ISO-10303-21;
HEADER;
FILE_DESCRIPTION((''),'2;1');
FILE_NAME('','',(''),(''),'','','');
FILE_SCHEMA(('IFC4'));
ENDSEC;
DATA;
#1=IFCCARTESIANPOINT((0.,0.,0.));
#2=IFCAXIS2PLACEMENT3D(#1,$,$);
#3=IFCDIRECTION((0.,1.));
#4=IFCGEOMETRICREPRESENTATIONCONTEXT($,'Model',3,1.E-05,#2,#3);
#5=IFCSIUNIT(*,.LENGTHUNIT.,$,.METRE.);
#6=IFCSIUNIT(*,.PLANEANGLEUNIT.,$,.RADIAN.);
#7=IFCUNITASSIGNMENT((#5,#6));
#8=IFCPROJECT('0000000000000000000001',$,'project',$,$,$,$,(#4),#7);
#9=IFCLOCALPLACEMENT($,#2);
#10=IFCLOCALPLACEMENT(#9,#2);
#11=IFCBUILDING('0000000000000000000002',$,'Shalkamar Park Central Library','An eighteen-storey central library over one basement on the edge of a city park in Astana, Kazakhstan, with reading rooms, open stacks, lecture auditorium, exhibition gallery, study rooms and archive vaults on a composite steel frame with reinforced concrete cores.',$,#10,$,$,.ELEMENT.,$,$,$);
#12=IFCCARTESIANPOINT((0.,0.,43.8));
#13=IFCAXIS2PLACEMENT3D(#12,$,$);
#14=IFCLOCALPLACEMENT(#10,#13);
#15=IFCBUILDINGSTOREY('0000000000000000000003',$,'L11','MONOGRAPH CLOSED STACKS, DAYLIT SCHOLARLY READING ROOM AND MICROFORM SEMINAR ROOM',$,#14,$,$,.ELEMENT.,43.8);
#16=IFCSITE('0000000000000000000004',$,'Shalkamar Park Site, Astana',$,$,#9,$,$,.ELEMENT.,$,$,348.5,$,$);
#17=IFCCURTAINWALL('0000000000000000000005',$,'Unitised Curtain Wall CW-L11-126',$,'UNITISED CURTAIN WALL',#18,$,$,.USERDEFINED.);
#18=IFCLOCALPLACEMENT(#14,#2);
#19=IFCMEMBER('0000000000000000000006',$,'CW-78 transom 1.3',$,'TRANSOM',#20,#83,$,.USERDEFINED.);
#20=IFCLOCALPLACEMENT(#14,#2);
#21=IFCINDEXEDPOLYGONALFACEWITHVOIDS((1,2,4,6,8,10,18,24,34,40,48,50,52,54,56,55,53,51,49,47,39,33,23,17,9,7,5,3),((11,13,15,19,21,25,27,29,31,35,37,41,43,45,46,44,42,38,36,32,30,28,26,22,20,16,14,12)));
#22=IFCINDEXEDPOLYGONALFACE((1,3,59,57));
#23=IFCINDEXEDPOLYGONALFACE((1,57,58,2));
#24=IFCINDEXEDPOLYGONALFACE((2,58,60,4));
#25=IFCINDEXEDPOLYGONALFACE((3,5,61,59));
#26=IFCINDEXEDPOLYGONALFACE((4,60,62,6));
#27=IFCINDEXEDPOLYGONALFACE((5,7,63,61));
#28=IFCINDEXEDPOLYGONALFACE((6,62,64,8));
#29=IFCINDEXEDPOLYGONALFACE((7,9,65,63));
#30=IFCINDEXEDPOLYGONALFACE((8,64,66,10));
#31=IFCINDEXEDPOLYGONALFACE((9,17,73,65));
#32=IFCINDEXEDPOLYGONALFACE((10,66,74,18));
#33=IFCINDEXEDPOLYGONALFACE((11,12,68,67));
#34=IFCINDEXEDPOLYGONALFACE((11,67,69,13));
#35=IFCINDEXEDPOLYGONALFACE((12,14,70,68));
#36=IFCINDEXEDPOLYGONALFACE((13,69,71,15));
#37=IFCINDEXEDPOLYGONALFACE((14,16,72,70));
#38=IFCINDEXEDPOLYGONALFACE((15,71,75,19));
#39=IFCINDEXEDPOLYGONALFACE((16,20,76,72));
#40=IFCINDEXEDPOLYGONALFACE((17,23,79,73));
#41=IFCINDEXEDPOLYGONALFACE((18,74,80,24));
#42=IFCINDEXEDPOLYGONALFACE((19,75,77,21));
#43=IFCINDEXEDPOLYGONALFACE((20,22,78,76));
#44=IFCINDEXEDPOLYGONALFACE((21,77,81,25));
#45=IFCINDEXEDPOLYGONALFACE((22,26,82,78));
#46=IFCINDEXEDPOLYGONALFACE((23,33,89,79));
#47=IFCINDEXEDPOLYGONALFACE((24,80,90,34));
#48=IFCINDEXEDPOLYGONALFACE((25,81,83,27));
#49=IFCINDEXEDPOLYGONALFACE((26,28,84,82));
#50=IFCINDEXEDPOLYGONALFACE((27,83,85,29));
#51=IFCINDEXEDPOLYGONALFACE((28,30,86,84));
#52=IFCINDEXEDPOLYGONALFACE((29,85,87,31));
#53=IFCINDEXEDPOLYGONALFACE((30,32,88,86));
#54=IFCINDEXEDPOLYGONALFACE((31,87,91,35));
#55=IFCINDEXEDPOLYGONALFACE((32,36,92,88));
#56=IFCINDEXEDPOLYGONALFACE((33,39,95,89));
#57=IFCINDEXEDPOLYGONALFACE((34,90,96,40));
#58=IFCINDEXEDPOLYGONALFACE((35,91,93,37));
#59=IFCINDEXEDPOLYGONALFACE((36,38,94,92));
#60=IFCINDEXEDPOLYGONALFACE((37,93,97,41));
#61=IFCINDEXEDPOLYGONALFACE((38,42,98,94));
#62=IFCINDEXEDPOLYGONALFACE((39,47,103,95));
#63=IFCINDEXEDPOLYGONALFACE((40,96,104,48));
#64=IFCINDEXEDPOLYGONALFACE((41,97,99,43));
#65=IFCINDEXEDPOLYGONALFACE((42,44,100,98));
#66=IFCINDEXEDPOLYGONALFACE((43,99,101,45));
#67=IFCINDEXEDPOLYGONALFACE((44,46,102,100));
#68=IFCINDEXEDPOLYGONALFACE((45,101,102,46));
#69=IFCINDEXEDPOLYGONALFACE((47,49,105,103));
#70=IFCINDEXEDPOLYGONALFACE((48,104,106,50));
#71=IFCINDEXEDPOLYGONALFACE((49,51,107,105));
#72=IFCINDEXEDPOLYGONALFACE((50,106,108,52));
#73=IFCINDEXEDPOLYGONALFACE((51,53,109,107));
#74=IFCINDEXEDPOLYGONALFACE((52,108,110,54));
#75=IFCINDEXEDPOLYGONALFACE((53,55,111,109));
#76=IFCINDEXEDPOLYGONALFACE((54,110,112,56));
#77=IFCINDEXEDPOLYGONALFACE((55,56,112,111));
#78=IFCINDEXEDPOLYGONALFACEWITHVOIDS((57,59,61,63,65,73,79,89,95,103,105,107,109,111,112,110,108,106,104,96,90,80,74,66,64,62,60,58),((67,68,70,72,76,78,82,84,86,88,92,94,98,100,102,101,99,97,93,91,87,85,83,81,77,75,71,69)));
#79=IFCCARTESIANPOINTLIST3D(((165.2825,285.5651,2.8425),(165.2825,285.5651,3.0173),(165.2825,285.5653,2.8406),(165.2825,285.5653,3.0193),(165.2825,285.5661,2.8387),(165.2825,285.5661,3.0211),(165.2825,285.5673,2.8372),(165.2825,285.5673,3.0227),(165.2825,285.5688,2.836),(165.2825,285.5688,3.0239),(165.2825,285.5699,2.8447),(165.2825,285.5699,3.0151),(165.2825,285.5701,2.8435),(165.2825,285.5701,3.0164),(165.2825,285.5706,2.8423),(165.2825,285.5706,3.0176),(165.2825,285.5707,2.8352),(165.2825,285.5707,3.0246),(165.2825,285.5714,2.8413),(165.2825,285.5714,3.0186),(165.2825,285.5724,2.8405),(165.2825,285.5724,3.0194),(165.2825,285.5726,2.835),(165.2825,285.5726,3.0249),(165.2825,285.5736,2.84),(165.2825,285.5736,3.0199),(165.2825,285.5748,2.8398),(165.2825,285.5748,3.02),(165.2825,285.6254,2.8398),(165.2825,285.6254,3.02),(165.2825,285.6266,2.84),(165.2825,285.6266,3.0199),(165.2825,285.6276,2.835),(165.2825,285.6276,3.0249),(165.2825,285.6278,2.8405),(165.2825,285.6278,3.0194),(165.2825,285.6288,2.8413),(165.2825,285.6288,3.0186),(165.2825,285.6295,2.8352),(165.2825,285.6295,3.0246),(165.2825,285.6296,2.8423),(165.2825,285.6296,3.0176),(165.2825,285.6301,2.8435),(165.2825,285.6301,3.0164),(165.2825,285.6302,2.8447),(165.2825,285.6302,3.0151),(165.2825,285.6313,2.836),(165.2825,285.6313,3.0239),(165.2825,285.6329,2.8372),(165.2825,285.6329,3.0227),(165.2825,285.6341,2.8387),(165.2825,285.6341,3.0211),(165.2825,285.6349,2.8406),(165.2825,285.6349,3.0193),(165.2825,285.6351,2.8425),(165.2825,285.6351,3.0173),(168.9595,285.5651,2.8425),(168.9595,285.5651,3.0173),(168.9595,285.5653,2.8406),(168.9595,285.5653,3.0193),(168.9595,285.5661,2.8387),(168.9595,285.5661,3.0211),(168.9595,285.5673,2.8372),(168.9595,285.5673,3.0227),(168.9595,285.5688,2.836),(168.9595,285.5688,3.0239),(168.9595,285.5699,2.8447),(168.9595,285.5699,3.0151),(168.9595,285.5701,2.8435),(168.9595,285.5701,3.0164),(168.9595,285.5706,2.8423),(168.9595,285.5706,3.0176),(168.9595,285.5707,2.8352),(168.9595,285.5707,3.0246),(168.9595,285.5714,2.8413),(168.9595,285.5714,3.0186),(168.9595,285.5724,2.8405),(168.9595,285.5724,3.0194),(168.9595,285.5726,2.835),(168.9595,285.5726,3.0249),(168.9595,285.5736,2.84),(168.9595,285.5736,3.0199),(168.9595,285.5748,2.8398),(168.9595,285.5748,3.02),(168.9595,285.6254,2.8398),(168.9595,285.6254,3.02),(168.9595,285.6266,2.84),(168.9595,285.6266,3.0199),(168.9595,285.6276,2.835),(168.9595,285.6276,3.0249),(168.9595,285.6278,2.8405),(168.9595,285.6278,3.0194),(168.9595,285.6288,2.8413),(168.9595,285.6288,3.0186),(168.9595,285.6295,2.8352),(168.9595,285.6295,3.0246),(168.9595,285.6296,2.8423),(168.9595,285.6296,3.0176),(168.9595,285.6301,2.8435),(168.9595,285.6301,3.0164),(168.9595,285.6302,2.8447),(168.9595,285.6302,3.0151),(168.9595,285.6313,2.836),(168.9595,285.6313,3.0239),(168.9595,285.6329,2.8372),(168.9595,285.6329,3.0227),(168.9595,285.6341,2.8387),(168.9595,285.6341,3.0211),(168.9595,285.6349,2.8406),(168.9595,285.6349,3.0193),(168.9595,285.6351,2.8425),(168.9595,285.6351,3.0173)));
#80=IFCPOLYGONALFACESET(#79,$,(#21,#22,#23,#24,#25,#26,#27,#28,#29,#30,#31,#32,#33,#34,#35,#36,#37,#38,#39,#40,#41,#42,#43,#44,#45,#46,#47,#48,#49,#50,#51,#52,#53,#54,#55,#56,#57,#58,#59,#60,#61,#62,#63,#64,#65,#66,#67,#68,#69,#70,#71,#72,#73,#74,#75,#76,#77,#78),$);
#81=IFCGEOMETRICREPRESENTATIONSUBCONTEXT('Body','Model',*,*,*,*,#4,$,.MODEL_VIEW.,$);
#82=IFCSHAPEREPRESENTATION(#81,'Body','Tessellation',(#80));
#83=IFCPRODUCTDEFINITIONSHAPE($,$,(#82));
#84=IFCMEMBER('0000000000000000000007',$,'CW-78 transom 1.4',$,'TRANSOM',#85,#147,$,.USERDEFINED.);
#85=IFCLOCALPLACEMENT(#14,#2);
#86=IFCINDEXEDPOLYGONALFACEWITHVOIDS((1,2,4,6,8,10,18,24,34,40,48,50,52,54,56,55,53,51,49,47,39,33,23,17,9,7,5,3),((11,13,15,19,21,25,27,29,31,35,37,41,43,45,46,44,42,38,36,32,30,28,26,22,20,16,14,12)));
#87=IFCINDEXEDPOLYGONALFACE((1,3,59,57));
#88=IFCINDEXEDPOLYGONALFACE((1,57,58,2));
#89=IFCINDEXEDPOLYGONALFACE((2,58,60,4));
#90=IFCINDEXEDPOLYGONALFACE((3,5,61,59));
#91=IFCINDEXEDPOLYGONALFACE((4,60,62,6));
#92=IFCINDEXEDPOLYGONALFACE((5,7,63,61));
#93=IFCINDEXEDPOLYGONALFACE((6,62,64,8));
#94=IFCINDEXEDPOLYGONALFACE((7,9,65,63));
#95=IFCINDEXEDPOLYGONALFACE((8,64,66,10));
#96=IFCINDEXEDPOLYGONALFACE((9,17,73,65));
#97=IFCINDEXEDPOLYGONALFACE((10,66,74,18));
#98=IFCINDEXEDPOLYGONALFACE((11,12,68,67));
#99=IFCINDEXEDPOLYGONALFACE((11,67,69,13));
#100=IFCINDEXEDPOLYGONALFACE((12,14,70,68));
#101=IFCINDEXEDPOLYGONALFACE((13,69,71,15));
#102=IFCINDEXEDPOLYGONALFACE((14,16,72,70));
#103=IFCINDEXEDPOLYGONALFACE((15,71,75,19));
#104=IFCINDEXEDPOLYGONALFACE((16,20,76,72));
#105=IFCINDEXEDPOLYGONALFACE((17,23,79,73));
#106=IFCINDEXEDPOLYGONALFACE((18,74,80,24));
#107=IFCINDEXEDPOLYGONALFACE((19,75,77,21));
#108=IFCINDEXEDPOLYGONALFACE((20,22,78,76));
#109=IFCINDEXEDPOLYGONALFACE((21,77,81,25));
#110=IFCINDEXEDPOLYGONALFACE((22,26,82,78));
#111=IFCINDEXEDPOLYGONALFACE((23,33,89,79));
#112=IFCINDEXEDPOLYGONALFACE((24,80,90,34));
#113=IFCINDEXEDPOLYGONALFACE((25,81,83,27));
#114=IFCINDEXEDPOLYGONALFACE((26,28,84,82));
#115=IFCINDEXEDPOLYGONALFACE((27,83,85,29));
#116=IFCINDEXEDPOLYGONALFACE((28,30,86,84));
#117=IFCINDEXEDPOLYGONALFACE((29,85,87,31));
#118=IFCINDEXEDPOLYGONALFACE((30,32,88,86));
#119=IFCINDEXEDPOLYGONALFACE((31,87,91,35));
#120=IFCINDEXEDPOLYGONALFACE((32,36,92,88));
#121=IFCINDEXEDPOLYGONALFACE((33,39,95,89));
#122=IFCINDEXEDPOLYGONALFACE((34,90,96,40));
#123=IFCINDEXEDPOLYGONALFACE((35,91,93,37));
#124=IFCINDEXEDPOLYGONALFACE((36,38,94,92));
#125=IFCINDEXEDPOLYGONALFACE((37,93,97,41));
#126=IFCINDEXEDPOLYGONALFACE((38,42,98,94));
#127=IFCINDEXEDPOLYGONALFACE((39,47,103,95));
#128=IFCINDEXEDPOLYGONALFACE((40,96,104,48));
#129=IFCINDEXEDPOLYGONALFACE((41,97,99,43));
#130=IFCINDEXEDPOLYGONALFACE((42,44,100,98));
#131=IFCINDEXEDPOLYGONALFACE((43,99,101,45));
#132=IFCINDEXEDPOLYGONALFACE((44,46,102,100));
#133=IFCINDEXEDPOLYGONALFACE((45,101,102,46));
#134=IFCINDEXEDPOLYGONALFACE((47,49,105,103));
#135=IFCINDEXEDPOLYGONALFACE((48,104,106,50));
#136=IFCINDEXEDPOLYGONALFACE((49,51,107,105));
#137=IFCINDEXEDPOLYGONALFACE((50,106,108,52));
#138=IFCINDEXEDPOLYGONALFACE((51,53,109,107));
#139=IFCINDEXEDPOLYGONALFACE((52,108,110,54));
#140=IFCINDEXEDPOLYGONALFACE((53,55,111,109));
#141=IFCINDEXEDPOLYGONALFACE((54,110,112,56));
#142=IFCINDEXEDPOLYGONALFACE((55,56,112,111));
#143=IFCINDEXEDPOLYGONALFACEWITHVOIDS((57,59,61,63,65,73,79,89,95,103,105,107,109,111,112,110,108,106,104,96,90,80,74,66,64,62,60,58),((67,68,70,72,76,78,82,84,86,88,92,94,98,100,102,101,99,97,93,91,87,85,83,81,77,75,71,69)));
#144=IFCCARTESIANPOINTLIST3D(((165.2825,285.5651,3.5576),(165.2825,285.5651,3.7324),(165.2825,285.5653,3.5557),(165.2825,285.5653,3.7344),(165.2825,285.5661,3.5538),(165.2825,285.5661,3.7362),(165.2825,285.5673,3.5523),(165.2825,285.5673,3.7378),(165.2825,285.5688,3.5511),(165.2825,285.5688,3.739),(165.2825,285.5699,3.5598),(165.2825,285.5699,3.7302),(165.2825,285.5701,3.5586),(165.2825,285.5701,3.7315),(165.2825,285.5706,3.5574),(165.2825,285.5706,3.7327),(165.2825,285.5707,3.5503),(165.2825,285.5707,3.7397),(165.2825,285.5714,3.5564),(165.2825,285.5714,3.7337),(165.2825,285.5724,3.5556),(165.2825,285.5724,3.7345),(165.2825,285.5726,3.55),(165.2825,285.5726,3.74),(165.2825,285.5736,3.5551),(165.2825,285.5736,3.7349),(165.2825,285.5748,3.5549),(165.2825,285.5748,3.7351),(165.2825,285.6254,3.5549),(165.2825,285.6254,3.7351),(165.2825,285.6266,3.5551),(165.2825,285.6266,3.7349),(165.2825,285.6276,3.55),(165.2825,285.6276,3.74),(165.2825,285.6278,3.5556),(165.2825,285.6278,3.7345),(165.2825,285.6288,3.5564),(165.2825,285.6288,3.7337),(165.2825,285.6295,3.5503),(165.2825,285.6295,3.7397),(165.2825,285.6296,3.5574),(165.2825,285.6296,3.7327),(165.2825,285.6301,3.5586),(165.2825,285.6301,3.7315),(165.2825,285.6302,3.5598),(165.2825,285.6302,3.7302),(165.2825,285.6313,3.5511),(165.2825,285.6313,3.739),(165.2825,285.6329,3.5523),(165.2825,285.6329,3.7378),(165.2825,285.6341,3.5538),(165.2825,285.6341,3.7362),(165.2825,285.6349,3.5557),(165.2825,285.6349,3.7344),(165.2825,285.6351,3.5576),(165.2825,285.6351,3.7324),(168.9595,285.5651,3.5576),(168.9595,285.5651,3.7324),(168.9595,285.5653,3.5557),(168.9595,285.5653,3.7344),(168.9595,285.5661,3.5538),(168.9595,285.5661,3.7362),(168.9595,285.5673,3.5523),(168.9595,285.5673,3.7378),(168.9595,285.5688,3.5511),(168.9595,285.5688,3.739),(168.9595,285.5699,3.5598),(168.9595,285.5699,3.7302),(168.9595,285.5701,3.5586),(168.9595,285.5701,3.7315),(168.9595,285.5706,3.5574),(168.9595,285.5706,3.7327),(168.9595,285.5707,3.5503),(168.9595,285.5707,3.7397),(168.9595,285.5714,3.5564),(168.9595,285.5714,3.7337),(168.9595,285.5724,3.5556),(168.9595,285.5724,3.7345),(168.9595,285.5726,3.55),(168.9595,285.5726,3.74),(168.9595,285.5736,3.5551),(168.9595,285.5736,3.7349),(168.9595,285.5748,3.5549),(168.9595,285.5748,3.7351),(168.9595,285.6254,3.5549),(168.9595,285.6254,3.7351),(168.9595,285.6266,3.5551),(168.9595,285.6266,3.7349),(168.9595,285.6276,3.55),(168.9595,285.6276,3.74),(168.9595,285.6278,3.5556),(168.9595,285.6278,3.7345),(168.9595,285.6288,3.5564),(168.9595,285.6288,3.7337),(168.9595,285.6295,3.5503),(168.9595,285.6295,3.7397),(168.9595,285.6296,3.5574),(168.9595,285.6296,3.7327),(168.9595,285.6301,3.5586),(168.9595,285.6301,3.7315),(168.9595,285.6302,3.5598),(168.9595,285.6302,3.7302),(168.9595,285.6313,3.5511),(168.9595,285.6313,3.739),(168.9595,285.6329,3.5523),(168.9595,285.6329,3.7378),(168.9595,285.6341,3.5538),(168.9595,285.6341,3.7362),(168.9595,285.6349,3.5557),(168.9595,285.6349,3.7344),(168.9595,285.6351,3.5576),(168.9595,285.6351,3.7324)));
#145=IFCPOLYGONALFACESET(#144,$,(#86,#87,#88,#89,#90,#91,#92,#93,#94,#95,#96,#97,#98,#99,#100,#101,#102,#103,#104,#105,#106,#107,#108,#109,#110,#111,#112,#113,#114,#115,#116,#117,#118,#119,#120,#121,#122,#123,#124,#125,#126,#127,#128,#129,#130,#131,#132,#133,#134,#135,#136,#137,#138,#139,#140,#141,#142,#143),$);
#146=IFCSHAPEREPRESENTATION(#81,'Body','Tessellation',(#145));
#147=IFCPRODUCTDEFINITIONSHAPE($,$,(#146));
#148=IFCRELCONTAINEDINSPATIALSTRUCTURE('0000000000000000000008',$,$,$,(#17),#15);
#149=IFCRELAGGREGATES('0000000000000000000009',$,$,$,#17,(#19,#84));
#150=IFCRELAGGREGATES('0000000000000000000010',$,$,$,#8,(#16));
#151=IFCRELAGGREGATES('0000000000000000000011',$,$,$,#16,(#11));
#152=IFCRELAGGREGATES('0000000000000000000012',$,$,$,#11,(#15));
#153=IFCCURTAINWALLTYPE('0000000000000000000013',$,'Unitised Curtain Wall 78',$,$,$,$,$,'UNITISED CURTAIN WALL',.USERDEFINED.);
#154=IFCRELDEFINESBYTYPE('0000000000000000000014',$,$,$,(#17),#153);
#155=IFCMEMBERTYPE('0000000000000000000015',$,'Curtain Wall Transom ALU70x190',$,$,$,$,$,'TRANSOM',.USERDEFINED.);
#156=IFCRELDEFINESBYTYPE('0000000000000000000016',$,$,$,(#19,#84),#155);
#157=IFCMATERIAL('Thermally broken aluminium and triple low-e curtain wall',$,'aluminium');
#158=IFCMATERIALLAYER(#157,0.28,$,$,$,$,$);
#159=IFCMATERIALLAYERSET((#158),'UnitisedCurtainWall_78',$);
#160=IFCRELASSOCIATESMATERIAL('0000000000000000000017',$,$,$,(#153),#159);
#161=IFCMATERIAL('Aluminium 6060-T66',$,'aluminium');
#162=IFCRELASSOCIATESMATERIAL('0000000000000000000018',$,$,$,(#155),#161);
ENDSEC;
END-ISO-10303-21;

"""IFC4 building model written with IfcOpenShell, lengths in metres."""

from ifc_helpers import new_model, si_unit, direction, frame, origin, origin_2d, place, context, subcontext, project, spatial, hollow_rectangle, extrude, material, layer, layer_set, material_profile, profile_set, type_object, element, aggregate, save


model = new_model("IFC4")

# Units and contexts
model_context = context("Model", 3, precision=1e-05, world=origin(), true_north=direction((0.0, 1.0)))
body_context = subcontext(model_context, "Body", "Model", "MODEL_VIEW")
ifc_project = project(units=[si_unit("LENGTHUNIT", "METRE"), si_unit("PLANEANGLEUNIT", "RADIAN")], contexts=[model_context])

# Site, building, storey
site_placement = place(None, origin())
site = spatial("IfcSite", under=ifc_project, at=site_placement, Name="Shalkamar Park Site, Astana", CompositionType="ELEMENT", RefElevation=348.5)
building_placement = place(site_placement, origin())
building = spatial("IfcBuilding", under=site, at=building_placement, Name="Shalkamar Park Central Library", Description="An eighteen-storey central library over one basement on the edge of a city park in Astana, Kazakhstan, with reading rooms, open stacks, lecture auditorium, exhibition gallery, study rooms and archive vaults on a composite steel frame with reinforced concrete cores.", CompositionType="ELEMENT")
storey_placement = place(building_placement, frame((0.0, 0.0, 43.8)))
storey = spatial("IfcBuildingStorey", under=building, at=storey_placement, Name="L11", Description="MONOGRAPH CLOSED STACKS, DAYLIT SCHOLARLY READING ROOM AND MICROFORM SEMINAR ROOM", CompositionType="ELEMENT", Elevation=43.8)

# Shared definitions
ifc_material_1 = material(Name="Thermally broken aluminium and triple low-e curtain wall", Category="aluminium")
ifc_material_2 = material(Name="Aluminium 6060-T66", Category="aluminium")

# Curtain wall
ifc_layer_1 = layer(ifc_material_1, 0.28)
ifc_layer_set_1 = layer_set([ifc_layer_1], Name="UnitisedCurtainWall_78")
curtain_wall_type_1 = type_object("IfcCurtainWallType", Name="Unitised Curtain Wall 78", ElementType="UNITISED CURTAIN WALL", PredefinedType="USERDEFINED", material=ifc_layer_set_1)
curtain_wall_1_placement = place(storey_placement, origin())
curtain_wall_1 = element("IfcCurtainWall", 1, at=curtain_wall_1_placement, inside=storey, type_object=curtain_wall_type_1, Name="Unitised Curtain Wall CW-L11-126", ObjectType="UNITISED CURTAIN WALL", PredefinedType="USERDEFINED")

# Members
ifc_material_profile_1 = material_profile(ifc_material_2, hollow_rectangle(XDim=0.0701, YDim=0.1899, WallThickness=0.0049, InnerFilletRadius=0.0049, OuterFilletRadius=0.0076, at=origin_2d()), Name="ALU 70x190x5")
ifc_profile_set_1 = profile_set([ifc_material_profile_1], Name="Aluminium 6060-T66")
member_type_1 = type_object("IfcMemberType", Name="Curtain Wall Transom ALU70x190", ElementType="TRANSOM", PredefinedType="USERDEFINED", material=ifc_profile_set_1)
member_1_placement = place(storey_placement, frame((165.2825, 285.6001, 2.9299), z_axis=(1.0, 0.0, 0.0), x_axis=(0.0, 1.0, 0.0)))
member_1 = element("IfcMember", 2, at=member_1_placement, type_object=member_type_1, Name="CW-78 transom 1.3", ObjectType="TRANSOM", PredefinedType="USERDEFINED", context=body_context, shape_type="SweptSolid", body=[
    extrude(hollow_rectangle(XDim=0.0701, YDim=0.1899, WallThickness=0.0049, InnerFilletRadius=0.0049, OuterFilletRadius=0.0076, at=origin_2d()), origin(), (0.0, 0.0, 1.0), 3.677),
])
member_2_placement = place(storey_placement, frame((165.2825, 285.6001, 3.645), z_axis=(1.0, 0.0, 0.0), x_axis=(0.0, 1.0, 0.0)))
member_2 = element("IfcMember", 3, at=member_2_placement, type_object=member_type_1, Name="CW-78 transom 1.4", ObjectType="TRANSOM", PredefinedType="USERDEFINED", context=body_context, shape_type="SweptSolid", body=[
    extrude(hollow_rectangle(XDim=0.0701, YDim=0.1899, WallThickness=0.0049, InnerFilletRadius=0.0049, OuterFilletRadius=0.0076, at=origin_2d()), origin(), (0.0, 0.0, 1.0), 3.677),
])

aggregate(curtain_wall_1, [member_1, member_2])

save(model, "model.ifc")
